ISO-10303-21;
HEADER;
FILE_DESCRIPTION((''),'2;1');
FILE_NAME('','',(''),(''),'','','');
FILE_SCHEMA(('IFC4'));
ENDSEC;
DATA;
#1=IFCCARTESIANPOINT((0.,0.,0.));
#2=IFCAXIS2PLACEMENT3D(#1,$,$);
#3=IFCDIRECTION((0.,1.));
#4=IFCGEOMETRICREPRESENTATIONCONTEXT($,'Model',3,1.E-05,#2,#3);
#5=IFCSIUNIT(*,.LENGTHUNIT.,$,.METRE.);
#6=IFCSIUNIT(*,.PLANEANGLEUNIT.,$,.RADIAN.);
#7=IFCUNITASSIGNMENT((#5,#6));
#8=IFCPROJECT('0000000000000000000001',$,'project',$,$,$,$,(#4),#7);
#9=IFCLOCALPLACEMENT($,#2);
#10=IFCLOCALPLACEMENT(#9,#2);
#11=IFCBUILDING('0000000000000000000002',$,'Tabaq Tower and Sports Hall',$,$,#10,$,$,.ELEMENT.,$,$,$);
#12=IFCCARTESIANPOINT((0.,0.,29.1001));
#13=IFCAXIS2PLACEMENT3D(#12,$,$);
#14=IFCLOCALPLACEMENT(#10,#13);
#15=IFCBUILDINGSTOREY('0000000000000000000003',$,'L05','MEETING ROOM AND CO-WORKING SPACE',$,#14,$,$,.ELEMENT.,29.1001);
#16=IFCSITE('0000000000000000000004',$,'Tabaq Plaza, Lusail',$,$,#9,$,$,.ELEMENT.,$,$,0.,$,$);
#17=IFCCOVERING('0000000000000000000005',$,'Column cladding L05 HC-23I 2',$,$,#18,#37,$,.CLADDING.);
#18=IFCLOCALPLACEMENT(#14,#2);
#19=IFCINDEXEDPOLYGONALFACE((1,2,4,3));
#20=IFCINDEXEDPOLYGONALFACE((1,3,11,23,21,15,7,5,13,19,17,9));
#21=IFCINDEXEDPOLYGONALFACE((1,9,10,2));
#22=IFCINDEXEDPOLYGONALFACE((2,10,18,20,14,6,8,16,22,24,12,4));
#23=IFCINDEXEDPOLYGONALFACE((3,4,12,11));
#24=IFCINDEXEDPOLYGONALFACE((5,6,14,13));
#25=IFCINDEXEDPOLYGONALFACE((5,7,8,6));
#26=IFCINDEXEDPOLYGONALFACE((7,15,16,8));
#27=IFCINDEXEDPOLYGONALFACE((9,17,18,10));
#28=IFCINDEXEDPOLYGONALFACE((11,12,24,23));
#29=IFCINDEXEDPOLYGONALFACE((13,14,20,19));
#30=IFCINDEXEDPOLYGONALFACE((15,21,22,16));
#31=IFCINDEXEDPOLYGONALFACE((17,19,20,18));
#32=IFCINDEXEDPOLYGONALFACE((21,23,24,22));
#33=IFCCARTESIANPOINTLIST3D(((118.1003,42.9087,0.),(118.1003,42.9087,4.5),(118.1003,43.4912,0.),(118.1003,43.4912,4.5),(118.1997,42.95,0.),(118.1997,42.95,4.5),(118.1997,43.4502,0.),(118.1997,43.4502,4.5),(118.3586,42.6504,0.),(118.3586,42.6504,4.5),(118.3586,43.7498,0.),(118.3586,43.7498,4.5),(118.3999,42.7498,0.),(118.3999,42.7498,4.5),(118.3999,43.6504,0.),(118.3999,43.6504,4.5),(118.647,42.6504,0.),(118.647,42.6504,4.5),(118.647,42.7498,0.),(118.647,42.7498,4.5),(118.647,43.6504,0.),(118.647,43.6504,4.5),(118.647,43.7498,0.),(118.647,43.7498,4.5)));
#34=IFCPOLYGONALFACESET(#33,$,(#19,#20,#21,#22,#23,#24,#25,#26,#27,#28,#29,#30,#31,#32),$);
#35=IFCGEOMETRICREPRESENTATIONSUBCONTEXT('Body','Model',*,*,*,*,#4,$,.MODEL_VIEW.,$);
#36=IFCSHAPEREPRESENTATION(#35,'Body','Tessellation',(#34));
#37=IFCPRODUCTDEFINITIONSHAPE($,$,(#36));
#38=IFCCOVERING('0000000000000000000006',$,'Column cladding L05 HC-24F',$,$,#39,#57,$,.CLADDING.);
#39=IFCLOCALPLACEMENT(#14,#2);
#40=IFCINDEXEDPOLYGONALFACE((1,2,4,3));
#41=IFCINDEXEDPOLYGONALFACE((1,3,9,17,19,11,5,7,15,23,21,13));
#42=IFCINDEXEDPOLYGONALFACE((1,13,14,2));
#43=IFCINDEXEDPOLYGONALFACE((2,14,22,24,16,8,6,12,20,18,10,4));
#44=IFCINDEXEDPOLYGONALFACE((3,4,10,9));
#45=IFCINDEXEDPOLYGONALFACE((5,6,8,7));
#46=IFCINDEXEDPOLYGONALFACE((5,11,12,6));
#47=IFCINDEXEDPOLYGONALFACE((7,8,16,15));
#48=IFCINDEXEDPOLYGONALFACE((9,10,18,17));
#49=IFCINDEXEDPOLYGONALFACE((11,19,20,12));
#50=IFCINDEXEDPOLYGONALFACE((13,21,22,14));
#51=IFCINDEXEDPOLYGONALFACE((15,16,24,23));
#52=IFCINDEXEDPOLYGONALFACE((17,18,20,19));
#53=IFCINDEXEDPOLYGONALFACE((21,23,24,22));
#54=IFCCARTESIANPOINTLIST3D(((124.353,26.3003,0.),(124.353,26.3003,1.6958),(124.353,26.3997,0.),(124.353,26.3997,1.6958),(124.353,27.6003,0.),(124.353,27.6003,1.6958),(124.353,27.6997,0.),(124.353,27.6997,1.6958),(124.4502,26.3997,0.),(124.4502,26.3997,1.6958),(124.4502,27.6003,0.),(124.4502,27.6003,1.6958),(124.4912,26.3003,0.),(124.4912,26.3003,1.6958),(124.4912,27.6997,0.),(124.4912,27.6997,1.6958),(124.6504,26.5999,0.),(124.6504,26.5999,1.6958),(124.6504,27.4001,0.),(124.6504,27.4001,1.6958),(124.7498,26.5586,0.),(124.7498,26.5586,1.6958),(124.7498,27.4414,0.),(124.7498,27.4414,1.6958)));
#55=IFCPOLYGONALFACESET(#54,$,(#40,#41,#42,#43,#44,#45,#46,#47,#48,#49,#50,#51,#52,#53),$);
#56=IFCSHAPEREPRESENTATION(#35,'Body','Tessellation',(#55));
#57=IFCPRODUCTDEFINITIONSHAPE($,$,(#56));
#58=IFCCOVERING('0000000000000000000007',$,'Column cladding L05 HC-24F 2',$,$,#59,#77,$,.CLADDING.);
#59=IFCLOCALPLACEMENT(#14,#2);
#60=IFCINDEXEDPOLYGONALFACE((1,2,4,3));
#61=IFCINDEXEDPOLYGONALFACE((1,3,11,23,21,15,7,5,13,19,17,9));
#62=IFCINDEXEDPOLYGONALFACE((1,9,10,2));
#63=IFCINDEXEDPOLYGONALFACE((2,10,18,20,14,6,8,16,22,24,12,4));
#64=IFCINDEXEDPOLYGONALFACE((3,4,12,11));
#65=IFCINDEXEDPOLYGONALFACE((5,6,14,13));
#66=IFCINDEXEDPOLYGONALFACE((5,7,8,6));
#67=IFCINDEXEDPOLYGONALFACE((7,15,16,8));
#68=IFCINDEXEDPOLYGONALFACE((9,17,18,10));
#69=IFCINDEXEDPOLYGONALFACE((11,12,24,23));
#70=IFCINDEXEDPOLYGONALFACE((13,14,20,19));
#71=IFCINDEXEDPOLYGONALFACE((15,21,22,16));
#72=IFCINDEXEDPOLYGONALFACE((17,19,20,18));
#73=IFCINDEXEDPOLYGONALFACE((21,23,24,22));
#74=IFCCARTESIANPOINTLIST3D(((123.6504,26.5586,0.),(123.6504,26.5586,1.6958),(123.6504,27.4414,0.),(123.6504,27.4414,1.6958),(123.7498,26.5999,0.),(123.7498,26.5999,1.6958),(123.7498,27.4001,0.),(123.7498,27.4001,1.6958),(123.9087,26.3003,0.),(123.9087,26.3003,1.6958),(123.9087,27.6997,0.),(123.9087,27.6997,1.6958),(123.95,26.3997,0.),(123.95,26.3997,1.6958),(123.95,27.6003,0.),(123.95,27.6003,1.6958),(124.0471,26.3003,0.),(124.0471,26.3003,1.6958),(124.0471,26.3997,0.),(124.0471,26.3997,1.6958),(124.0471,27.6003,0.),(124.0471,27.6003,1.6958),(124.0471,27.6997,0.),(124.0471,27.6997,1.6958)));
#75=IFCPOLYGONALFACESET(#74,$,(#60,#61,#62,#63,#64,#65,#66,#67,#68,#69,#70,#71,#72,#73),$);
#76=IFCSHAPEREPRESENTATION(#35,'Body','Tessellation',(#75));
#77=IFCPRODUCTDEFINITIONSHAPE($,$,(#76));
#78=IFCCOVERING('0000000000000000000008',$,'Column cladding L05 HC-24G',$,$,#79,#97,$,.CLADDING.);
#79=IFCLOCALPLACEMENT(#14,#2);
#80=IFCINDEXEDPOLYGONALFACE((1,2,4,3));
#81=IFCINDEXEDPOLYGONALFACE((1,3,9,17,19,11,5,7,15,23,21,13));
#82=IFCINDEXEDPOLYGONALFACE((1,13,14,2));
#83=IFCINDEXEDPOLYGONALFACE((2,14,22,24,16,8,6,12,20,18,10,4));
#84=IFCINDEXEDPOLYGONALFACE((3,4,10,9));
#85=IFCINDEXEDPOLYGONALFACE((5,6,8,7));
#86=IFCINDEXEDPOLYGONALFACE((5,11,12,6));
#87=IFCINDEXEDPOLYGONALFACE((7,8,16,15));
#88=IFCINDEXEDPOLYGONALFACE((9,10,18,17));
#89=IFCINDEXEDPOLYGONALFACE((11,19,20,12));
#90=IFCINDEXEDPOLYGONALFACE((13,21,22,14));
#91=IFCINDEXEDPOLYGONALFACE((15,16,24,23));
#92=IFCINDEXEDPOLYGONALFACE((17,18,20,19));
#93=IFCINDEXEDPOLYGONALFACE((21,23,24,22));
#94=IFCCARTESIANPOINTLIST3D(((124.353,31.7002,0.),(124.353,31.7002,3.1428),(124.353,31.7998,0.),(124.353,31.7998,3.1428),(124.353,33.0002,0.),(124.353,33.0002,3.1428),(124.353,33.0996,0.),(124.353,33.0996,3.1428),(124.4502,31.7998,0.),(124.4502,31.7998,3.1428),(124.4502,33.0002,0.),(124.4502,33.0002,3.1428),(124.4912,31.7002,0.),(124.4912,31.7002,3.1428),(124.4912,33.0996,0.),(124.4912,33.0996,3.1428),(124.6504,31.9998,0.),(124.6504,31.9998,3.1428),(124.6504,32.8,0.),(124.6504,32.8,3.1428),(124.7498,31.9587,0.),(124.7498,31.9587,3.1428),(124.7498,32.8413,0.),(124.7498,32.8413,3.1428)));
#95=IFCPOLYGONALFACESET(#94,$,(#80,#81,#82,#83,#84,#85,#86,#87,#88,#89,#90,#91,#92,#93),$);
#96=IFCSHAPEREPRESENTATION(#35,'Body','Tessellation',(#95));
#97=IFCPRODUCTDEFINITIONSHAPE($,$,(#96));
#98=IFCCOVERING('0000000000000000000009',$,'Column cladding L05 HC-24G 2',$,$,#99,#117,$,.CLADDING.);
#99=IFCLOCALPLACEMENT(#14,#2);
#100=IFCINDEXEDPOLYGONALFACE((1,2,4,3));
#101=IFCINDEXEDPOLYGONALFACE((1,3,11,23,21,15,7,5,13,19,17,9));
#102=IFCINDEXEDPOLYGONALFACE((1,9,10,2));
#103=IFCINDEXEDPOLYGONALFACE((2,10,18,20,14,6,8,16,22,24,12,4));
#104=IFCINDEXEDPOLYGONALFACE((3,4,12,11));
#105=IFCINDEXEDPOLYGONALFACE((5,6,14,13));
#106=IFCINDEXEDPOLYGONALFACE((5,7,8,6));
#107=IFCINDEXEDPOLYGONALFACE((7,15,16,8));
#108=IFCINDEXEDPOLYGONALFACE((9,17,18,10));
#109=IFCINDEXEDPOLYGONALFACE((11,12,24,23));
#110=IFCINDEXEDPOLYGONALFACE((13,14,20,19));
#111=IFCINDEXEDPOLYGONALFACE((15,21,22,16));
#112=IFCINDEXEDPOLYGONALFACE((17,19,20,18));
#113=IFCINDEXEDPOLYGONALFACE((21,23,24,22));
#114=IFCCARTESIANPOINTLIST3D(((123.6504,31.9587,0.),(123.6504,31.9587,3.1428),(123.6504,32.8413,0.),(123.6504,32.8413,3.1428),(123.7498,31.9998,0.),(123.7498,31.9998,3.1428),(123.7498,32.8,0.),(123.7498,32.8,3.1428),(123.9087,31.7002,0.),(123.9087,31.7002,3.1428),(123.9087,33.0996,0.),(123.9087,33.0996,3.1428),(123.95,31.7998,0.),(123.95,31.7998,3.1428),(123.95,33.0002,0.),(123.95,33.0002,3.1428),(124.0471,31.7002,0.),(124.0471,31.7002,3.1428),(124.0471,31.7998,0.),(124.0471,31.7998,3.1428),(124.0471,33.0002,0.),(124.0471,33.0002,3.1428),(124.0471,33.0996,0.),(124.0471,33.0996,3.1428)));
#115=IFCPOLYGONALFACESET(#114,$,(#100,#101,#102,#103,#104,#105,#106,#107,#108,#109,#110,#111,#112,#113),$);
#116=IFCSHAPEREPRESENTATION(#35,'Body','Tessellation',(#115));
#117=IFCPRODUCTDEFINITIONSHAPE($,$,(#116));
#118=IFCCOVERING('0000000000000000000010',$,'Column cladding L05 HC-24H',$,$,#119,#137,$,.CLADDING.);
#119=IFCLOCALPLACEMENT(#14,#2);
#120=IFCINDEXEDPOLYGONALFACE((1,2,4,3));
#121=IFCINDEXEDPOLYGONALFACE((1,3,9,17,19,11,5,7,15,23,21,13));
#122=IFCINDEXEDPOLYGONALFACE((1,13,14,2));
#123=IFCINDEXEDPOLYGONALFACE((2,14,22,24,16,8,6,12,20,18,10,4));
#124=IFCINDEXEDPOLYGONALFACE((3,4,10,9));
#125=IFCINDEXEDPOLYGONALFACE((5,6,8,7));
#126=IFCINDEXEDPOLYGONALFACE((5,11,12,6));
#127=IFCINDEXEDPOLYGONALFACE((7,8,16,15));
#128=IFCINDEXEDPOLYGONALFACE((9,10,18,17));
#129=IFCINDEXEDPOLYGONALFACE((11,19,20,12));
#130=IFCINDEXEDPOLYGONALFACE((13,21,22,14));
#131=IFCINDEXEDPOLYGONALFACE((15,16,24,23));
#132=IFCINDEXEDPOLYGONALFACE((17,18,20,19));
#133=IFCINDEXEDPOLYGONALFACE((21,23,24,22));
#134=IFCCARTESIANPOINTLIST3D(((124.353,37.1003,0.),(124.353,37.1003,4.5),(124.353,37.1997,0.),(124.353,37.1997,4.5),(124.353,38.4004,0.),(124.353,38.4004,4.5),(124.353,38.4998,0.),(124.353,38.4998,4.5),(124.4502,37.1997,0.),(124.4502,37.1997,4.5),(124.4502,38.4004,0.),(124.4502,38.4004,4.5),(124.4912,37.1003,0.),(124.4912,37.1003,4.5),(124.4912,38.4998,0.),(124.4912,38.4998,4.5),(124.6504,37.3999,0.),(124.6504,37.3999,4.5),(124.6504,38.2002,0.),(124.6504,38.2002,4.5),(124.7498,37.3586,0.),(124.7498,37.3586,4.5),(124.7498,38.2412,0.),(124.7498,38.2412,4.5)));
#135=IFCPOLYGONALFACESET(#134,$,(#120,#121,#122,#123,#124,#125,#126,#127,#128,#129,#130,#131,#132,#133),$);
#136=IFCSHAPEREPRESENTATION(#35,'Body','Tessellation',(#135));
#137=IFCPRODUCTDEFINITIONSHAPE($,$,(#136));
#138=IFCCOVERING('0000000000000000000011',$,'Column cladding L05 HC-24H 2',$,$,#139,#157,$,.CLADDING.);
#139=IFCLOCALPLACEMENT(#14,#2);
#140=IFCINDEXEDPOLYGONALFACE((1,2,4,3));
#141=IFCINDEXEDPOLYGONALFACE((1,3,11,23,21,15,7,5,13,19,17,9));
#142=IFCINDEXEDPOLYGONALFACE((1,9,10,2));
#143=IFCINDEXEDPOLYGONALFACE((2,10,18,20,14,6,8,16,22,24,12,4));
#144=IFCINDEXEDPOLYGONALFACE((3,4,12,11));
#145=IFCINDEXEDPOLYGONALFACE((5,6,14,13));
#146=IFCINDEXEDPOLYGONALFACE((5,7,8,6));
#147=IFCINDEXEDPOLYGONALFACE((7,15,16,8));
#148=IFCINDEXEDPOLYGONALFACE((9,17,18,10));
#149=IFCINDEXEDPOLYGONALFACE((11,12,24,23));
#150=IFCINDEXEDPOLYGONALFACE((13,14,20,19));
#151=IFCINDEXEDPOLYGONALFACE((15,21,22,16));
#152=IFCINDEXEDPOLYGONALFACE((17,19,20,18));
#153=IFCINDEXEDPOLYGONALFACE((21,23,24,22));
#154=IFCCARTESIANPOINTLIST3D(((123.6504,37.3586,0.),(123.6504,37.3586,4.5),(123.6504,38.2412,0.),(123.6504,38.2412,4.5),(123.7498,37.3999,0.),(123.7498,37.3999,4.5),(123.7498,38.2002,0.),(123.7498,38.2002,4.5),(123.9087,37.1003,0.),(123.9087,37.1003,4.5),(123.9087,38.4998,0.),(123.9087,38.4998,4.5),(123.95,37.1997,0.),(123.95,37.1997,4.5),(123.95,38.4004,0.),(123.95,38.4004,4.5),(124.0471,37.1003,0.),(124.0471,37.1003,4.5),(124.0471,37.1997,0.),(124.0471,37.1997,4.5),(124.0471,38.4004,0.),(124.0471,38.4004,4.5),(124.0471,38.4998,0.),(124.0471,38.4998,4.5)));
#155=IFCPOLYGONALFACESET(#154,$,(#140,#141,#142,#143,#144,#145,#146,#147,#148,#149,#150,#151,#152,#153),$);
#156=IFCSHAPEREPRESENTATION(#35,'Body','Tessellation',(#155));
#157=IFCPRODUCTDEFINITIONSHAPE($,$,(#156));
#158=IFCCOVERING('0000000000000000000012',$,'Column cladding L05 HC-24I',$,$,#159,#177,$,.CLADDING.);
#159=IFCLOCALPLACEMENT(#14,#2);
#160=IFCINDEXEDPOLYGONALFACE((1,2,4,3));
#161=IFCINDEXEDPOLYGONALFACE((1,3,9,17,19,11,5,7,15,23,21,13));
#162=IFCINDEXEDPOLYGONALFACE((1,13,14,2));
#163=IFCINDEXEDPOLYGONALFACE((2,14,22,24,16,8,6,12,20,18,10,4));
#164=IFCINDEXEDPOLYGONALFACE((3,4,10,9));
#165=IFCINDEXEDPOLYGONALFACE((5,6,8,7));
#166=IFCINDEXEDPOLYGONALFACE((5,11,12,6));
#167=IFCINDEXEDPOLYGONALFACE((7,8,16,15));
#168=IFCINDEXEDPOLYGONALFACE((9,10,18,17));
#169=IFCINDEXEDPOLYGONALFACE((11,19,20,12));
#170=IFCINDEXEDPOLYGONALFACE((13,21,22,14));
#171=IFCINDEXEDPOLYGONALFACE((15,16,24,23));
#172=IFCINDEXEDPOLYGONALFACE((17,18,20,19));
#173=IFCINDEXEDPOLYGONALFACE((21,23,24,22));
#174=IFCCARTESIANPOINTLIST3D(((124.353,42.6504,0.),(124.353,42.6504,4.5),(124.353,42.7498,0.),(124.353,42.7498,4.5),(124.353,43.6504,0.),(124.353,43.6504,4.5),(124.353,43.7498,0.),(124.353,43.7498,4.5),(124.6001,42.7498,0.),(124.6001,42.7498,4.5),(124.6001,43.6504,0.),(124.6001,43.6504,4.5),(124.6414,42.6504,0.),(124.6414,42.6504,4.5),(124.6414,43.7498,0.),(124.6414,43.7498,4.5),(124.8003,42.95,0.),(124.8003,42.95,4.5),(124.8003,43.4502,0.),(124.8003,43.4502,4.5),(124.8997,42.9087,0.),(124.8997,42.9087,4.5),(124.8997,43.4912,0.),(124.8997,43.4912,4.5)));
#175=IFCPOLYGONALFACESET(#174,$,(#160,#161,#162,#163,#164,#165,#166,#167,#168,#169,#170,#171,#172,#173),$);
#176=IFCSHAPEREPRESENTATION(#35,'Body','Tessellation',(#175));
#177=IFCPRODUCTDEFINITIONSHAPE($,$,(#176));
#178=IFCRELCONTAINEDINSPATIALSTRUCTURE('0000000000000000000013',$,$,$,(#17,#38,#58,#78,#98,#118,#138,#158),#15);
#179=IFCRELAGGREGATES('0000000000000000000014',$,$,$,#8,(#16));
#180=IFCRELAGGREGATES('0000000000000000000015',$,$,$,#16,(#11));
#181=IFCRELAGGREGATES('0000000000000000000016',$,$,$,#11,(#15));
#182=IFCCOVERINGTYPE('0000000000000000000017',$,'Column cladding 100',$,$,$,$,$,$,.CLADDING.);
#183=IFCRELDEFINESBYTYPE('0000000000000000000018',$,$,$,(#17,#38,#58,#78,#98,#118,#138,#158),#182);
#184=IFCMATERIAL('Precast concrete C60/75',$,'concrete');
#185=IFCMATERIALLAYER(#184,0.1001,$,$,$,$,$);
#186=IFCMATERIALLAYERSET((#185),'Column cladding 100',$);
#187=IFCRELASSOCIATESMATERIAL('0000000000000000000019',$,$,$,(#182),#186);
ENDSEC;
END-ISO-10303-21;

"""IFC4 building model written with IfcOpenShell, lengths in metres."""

from ifc_helpers import new_model, si_unit, direction, frame, origin, place, context, subcontext, project, spatial, polyline, outline, extrude, material, layer, layer_set, type_object, element, save


model = new_model("IFC4")

# Units and contexts
model_context = context("Model", 3, precision=1e-05, world=origin(), true_north=direction((0.0, 1.0)))
body_context = subcontext(model_context, "Body", "Model", "MODEL_VIEW")
ifc_project = project(units=[si_unit("LENGTHUNIT", "METRE"), si_unit("PLANEANGLEUNIT", "RADIAN")], contexts=[model_context])

# Site, building, storey
site_placement = place(None, origin())
site = spatial("IfcSite", under=ifc_project, at=site_placement, Name="Tabaq Plaza, Lusail", CompositionType="ELEMENT", RefElevation=0.0)
building_placement = place(site_placement, origin())
building = spatial("IfcBuilding", under=site, at=building_placement, Name="Tabaq Tower and Sports Hall", CompositionType="ELEMENT")
storey_placement = place(building_placement, frame((0.0, 0.0, 29.1001)))
storey = spatial("IfcBuildingStorey", under=building, at=storey_placement, Name="L05", Description="MEETING ROOM AND CO-WORKING SPACE", CompositionType="ELEMENT", Elevation=29.1001)

# Coverings
ifc_material_1 = material(Name="Precast concrete C60/75", Category="concrete")
ifc_layer_1 = layer(ifc_material_1, 0.1001)
ifc_layer_set_1 = layer_set([ifc_layer_1], Name="Column cladding 100")
covering_type = type_object("IfcCoveringType", Name="Column cladding 100", PredefinedType="CLADDING", material=ifc_layer_set_1)
covering_1_placement = place(storey_placement, origin())
element("IfcCovering", 1, at=covering_1_placement, inside=storey, type_object=covering_type, Name="Column cladding L05 HC-23I 2", PredefinedType="CLADDING", context=body_context, shape_type="SweptSolid", body=[
    extrude(outline(polyline([(118.1003, 43.4912), (118.3586, 43.7498), (118.647, 43.7498), (118.647, 43.6504), (118.3999, 43.6504), (118.1997, 43.4502), (118.1997, 42.95), (118.3999, 42.7498), (118.647, 42.7498), (118.647, 42.6504), (118.3586, 42.6504), (118.1003, 42.9087), (118.1003, 43.4912)])), origin(), (0.0, 0.0, 1.0), 4.5),
])
covering_2_placement = place(storey_placement, origin())
element("IfcCovering", 2, at=covering_2_placement, inside=storey, type_object=covering_type, Name="Column cladding L05 HC-24F", PredefinedType="CLADDING", context=body_context, shape_type="SweptSolid", body=[
    extrude(outline(polyline([(124.353, 26.3003), (124.353, 26.3997), (124.4502, 26.3997), (124.6504, 26.5999), (124.6504, 27.4001), (124.4502, 27.6003), (124.353, 27.6003), (124.353, 27.6997), (124.4912, 27.6997), (124.7498, 27.4414), (124.7498, 26.5586), (124.4912, 26.3003), (124.353, 26.3003)])), origin(), (0.0, 0.0, 1.0), 1.6958),
])
covering_3_placement = place(storey_placement, origin())
element("IfcCovering", 3, at=covering_3_placement, inside=storey, type_object=covering_type, Name="Column cladding L05 HC-24F 2", PredefinedType="CLADDING", context=body_context, shape_type="SweptSolid", body=[
    extrude(outline(polyline([(123.9087, 26.3003), (123.6504, 26.5586), (123.6504, 27.4414), (123.9087, 27.6997), (124.0471, 27.6997), (124.0471, 27.6003), (123.95, 27.6003), (123.7498, 27.4001), (123.7498, 26.5999), (123.95, 26.3997), (124.0471, 26.3997), (124.0471, 26.3003), (123.9087, 26.3003)])), origin(), (0.0, 0.0, 1.0), 1.6958),
])
covering_4_placement = place(storey_placement, origin())
element("IfcCovering", 4, at=covering_4_placement, inside=storey, type_object=covering_type, Name="Column cladding L05 HC-24G", PredefinedType="CLADDING", context=body_context, shape_type="SweptSolid", body=[
    extrude(outline(polyline([(124.353, 31.7002), (124.353, 31.7998), (124.4502, 31.7998), (124.6504, 31.9998), (124.6504, 32.8), (124.4502, 33.0002), (124.353, 33.0002), (124.353, 33.0996), (124.4912, 33.0996), (124.7498, 32.8413), (124.7498, 31.9587), (124.4912, 31.7002), (124.353, 31.7002)])), origin(), (0.0, 0.0, 1.0), 3.1428),
])
covering_5_placement = place(storey_placement, origin())
element("IfcCovering", 5, at=covering_5_placement, inside=storey, type_object=covering_type, Name="Column cladding L05 HC-24G 2", PredefinedType="CLADDING", context=body_context, shape_type="SweptSolid", body=[
    extrude(outline(polyline([(123.9087, 31.7002), (123.6504, 31.9587), (123.6504, 32.8413), (123.9087, 33.0996), (124.0471, 33.0996), (124.0471, 33.0002), (123.95, 33.0002), (123.7498, 32.8), (123.7498, 31.9998), (123.95, 31.7998), (124.0471, 31.7998), (124.0471, 31.7002), (123.9087, 31.7002)])), origin(), (0.0, 0.0, 1.0), 3.1428),
])
covering_6_placement = place(storey_placement, origin())
element("IfcCovering", 6, at=covering_6_placement, inside=storey, type_object=covering_type, Name="Column cladding L05 HC-24H", PredefinedType="CLADDING", context=body_context, shape_type="SweptSolid", body=[
    extrude(outline(polyline([(124.353, 37.1003), (124.353, 37.1997), (124.4502, 37.1997), (124.6504, 37.3999), (124.6504, 38.2002), (124.4502, 38.4004), (124.353, 38.4004), (124.353, 38.4998), (124.4912, 38.4998), (124.7498, 38.2412), (124.7498, 37.3586), (124.4912, 37.1003), (124.353, 37.1003)])), origin(), (0.0, 0.0, 1.0), 4.5),
])
covering_7_placement = place(storey_placement, origin())
element("IfcCovering", 7, at=covering_7_placement, inside=storey, type_object=covering_type, Name="Column cladding L05 HC-24H 2", PredefinedType="CLADDING", context=body_context, shape_type="SweptSolid", body=[
    extrude(outline(polyline([(123.9087, 37.1003), (123.6504, 37.3586), (123.6504, 38.2412), (123.9087, 38.4998), (124.0471, 38.4998), (124.0471, 38.4004), (123.95, 38.4004), (123.7498, 38.2002), (123.7498, 37.3999), (123.95, 37.1997), (124.0471, 37.1997), (124.0471, 37.1003), (123.9087, 37.1003)])), origin(), (0.0, 0.0, 1.0), 4.5),
])
covering_8_placement = place(storey_placement, origin())
element("IfcCovering", 8, at=covering_8_placement, inside=storey, type_object=covering_type, Name="Column cladding L05 HC-24I", PredefinedType="CLADDING", context=body_context, shape_type="SweptSolid", body=[
    extrude(outline(polyline([(124.6414, 43.7498), (124.8997, 43.4912), (124.8997, 42.9087), (124.6414, 42.6504), (124.353, 42.6504), (124.353, 42.7498), (124.6001, 42.7498), (124.8003, 42.95), (124.8003, 43.4502), (124.6001, 43.6504), (124.353, 43.6504), (124.353, 43.7498), (124.6414, 43.7498)])), origin(), (0.0, 0.0, 1.0), 4.5),
])

save(model, "model.ifc")
